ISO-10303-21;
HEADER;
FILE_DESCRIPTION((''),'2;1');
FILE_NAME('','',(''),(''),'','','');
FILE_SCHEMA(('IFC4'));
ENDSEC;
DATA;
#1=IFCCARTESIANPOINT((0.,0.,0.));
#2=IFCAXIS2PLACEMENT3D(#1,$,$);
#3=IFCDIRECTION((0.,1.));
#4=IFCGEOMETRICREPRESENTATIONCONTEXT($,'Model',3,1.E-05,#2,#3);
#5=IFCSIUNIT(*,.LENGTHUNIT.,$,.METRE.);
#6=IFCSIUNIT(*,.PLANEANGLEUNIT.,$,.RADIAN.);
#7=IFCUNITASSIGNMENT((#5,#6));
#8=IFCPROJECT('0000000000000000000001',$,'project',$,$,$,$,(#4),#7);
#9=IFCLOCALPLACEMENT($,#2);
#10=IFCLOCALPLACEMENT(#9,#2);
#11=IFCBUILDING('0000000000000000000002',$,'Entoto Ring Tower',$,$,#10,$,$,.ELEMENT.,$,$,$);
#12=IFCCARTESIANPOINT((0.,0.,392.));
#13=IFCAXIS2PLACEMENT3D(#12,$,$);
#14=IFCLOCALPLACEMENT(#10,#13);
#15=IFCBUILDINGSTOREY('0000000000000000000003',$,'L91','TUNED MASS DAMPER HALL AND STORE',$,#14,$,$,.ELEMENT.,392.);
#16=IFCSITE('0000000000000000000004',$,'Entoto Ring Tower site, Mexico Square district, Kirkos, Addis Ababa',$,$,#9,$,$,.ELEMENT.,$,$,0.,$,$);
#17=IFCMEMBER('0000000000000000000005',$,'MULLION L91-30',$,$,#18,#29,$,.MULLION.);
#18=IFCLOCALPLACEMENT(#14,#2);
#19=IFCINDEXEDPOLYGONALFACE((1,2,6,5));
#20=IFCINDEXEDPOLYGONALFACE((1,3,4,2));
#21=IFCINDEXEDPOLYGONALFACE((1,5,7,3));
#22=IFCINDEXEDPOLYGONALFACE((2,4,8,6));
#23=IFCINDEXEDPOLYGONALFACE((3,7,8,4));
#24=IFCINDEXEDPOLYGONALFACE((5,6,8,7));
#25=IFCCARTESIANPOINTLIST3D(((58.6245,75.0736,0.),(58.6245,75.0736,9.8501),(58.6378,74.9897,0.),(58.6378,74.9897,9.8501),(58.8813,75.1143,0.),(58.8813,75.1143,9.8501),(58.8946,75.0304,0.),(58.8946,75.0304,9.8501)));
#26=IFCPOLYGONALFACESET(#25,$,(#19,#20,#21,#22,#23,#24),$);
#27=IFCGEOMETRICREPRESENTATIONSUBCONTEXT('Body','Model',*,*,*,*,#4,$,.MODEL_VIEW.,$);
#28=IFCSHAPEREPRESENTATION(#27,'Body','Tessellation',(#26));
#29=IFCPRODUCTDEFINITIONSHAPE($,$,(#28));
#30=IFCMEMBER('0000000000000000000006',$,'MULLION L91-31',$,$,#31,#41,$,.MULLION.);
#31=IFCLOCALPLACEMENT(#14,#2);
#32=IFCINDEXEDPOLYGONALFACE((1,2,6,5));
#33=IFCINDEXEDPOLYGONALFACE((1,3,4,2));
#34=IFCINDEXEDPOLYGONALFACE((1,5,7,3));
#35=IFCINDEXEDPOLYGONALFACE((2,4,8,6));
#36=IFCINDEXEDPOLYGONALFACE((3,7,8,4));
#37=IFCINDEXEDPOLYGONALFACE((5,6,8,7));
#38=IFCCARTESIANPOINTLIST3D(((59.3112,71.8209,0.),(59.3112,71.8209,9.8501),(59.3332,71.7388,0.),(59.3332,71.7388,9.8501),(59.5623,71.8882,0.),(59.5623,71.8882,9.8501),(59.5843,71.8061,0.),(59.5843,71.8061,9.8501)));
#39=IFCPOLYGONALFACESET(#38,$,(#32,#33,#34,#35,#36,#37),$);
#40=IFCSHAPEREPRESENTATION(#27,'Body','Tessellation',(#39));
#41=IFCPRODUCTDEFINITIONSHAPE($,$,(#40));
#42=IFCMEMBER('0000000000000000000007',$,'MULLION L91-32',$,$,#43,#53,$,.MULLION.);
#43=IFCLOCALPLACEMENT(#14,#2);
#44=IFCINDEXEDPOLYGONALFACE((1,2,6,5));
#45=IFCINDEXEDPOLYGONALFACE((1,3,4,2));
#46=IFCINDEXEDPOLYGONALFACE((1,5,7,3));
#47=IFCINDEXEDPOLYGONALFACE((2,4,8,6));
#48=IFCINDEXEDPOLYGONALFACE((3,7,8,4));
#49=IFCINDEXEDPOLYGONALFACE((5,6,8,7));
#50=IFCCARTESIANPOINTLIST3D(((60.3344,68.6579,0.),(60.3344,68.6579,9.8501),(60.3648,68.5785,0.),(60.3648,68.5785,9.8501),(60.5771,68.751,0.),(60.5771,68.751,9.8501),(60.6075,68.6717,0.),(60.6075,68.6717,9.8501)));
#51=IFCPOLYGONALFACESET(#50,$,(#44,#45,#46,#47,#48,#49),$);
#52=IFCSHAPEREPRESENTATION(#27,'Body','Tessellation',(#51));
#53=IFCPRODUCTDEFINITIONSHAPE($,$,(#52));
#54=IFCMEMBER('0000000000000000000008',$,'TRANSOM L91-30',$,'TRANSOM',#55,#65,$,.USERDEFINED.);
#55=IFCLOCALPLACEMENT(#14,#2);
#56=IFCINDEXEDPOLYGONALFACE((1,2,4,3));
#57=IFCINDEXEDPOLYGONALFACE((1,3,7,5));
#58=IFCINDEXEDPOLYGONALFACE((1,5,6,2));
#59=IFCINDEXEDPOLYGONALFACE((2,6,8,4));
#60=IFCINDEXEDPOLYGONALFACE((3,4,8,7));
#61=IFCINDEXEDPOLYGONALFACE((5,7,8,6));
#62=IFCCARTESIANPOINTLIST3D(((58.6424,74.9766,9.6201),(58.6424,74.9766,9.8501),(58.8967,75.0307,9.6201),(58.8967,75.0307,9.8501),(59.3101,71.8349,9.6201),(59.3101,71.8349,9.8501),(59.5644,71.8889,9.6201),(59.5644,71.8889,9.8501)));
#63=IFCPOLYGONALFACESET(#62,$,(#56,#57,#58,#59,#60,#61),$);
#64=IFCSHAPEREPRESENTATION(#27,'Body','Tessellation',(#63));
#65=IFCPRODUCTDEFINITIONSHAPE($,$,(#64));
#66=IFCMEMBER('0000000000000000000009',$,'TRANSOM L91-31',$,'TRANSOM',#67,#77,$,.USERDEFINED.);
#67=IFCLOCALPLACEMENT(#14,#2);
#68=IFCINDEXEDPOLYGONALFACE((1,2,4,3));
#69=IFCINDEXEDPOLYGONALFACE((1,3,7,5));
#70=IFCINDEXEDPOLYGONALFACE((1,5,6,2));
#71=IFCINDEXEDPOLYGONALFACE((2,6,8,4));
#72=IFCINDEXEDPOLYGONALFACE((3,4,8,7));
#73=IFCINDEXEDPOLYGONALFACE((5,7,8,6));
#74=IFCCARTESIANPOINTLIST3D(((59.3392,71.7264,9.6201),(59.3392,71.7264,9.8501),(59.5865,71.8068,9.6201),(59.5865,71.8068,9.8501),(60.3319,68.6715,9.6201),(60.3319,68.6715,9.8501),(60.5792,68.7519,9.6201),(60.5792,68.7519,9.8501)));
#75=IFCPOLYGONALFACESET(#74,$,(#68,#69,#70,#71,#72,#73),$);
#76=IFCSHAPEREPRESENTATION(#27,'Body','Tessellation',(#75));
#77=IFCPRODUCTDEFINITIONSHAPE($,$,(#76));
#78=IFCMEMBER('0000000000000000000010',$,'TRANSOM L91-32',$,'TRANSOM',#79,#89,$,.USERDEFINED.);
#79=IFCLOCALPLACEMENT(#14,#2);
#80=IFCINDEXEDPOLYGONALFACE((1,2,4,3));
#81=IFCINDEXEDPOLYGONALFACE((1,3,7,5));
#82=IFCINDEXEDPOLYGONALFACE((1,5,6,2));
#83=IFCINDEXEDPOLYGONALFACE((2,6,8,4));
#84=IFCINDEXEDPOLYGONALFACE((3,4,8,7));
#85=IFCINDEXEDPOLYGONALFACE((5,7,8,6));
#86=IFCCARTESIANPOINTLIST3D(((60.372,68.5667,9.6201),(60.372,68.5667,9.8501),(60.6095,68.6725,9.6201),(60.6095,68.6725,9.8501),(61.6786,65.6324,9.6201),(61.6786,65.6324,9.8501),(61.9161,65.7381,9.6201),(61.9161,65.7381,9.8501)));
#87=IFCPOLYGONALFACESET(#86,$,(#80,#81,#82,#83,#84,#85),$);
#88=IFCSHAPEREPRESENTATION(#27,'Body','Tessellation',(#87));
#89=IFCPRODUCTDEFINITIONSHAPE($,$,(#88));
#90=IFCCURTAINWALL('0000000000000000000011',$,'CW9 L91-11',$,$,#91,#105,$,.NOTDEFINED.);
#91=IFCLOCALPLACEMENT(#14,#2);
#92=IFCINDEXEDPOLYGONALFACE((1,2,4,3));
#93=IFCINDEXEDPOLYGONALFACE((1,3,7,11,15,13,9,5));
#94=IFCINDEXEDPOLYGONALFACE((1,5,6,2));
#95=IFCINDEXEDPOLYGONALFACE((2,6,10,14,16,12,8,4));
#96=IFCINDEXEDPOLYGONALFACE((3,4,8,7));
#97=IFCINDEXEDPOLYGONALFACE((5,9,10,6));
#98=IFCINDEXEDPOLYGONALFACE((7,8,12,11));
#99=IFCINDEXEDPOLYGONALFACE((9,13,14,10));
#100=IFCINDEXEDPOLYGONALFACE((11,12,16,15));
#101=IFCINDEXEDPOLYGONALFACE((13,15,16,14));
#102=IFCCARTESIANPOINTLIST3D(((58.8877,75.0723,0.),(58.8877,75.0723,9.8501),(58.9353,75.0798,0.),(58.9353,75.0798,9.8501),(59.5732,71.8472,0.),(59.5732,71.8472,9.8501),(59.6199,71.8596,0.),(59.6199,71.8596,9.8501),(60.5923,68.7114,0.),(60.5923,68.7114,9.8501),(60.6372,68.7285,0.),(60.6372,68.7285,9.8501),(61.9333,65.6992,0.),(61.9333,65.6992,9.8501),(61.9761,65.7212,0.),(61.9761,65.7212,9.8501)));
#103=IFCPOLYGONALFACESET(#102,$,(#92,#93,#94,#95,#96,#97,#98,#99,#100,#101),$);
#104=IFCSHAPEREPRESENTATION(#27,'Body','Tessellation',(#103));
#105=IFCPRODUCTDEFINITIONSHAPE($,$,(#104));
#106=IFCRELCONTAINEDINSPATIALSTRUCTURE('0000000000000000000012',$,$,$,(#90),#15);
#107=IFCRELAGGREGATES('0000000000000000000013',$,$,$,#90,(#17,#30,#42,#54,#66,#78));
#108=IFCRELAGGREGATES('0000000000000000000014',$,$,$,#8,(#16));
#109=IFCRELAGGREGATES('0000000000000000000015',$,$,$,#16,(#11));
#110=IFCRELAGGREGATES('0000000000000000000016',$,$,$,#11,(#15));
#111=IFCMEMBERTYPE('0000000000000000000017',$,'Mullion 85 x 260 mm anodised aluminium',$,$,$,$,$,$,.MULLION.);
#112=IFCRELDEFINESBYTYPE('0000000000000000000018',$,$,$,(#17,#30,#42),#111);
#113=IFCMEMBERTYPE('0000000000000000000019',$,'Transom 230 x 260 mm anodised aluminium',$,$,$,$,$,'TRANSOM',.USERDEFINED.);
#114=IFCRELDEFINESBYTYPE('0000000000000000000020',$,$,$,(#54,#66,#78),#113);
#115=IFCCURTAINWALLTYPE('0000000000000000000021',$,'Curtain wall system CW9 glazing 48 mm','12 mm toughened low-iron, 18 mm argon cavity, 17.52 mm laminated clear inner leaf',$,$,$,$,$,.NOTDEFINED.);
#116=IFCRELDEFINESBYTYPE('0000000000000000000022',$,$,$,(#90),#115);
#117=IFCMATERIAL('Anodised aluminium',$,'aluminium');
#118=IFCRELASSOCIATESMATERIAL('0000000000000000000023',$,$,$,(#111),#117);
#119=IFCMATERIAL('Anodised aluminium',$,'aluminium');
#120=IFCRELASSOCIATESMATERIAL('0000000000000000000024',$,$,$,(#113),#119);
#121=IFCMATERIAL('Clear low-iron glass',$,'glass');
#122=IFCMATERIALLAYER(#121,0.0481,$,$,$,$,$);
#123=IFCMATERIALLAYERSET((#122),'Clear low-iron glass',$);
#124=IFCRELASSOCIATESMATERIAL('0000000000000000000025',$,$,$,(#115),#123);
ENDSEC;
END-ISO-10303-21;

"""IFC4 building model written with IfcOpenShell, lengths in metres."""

from ifc_helpers import new_model, si_unit, direction, frame, origin, origin_2d, place, context, subcontext, project, spatial, polyline, rectangle, outline, extrude, material, layer, layer_set, material_profile, profile_set, type_object, element, aggregate, save


model = new_model("IFC4")

# Units and contexts
model_context = context("Model", 3, precision=1e-05, world=origin(), true_north=direction((0.0, 1.0)))
body_context = subcontext(model_context, "Body", "Model", "MODEL_VIEW")
ifc_project = project(units=[si_unit("LENGTHUNIT", "METRE"), si_unit("PLANEANGLEUNIT", "RADIAN")], contexts=[model_context])

# Members
ifc_material_1 = material(Name="Anodised aluminium", Category="aluminium")
ifc_material_profile_1 = material_profile(ifc_material_1, rectangle(XDim=0.085, YDim=0.26, at=origin_2d()), Name="Mullion 85 x 260 mm anodised aluminium")
ifc_profile_set_1 = profile_set([ifc_material_profile_1], Name="Anodised aluminium")
member_type_1 = type_object("IfcMemberType", Name="Mullion 85 x 260 mm anodised aluminium", PredefinedType="MULLION", material=ifc_profile_set_1)
site_placement = place(None, origin())
building_placement = place(site_placement, origin())
storey_placement = place(building_placement, frame((0.0, 0.0, 392.0)))
member_1_placement = place(storey_placement, frame((58.7595, 75.052, 0.0), z_axis=(0.0, 0.0, 1.0), x_axis=(0.156434, -0.987688, 0.0)))
member_1 = element("IfcMember", 1, at=member_1_placement, type_object=member_type_1, Name="MULLION L91-30", PredefinedType="MULLION", context=body_context, shape_type="SweptSolid", body=[
    extrude(rectangle(XDim=0.085, YDim=0.26, at=origin_2d()), origin(), (0.0, 0.0, 1.0), 9.8501),
])
member_2_placement = place(storey_placement, frame((59.4478, 71.8135, 0.0), z_axis=(0.0, 0.0, 1.0), x_axis=(0.258819, -0.965926, 0.0)))
member_2 = element("IfcMember", 2, at=member_2_placement, type_object=member_type_1, Name="MULLION L91-31", PredefinedType="MULLION", context=body_context, shape_type="SweptSolid", body=[
    extrude(rectangle(XDim=0.085, YDim=0.26, at=origin_2d()), origin(), (0.0, 0.0, 1.0), 9.8501),
])
member_3_placement = place(storey_placement, frame((60.4709, 68.6648, 0.0), z_axis=(0.0, 0.0, 1.0), x_axis=(0.358368, -0.93358, 0.0)))
member_3 = element("IfcMember", 3, at=member_3_placement, type_object=member_type_1, Name="MULLION L91-32", PredefinedType="MULLION", context=body_context, shape_type="SweptSolid", body=[
    extrude(rectangle(XDim=0.085, YDim=0.26, at=origin_2d()), origin(), (0.0, 0.0, 1.0), 9.8501),
])
ifc_material_2 = material(Name="Anodised aluminium", Category="aluminium")
ifc_material_profile_2 = material_profile(ifc_material_2, rectangle(XDim=0.26, YDim=0.23, at=origin_2d()), Name="Transom 230 x 260 mm anodised aluminium")
ifc_profile_set_2 = profile_set([ifc_material_profile_2], Name="Anodised aluminium")
member_type_2 = type_object("IfcMemberType", Name="Transom 230 x 260 mm anodised aluminium", ElementType="TRANSOM", PredefinedType="USERDEFINED", material=ifc_profile_set_2)
member_4_placement = place(storey_placement, frame((58.7695, 75.0037, 9.7351), z_axis=(0.207883, -0.978154, 0.0), x_axis=(0.978154, 0.207883, 0.0)))
member_4 = element("IfcMember", 4, at=member_4_placement, type_object=member_type_2, Name="TRANSOM L91-30", ObjectType="TRANSOM", PredefinedType="USERDEFINED", context=body_context, shape_type="SweptSolid", body=[
    extrude(rectangle(XDim=0.26, YDim=0.23, at=origin_2d()), origin(), (0.0, 0.0, 1.0), 3.2119),
])
member_5_placement = place(storey_placement, frame((59.4629, 71.7666, 9.7351), z_axis=(0.309036, -0.95105, 0.0), x_axis=(0.95105, 0.309036, 0.0)))
member_5 = element("IfcMember", 5, at=member_5_placement, type_object=member_type_2, Name="TRANSOM L91-31", ObjectType="TRANSOM", PredefinedType="USERDEFINED", context=body_context, shape_type="SweptSolid", body=[
    extrude(rectangle(XDim=0.26, YDim=0.23, at=origin_2d()), origin(), (0.0, 0.0, 1.0), 3.2122),
])
member_6_placement = place(storey_placement, frame((60.4907, 68.6196, 9.7351), z_axis=(0.406787, -0.913523, 0.0), x_axis=(0.913523, 0.406787, 0.0)))
member_6 = element("IfcMember", 6, at=member_6_placement, type_object=member_type_2, Name="TRANSOM L91-32", ObjectType="TRANSOM", PredefinedType="USERDEFINED", context=body_context, shape_type="SweptSolid", body=[
    extrude(rectangle(XDim=0.26, YDim=0.23, at=origin_2d()), origin(), (0.0, 0.0, 1.0), 3.2122),
])

# Site, building, storey
site = spatial("IfcSite", under=ifc_project, at=site_placement, Name="Entoto Ring Tower site, Mexico Square district, Kirkos, Addis Ababa", CompositionType="ELEMENT", RefElevation=0.0)
building = spatial("IfcBuilding", under=site, at=building_placement, Name="Entoto Ring Tower", CompositionType="ELEMENT")
storey = spatial("IfcBuildingStorey", under=building, at=storey_placement, Name="L91", Description="TUNED MASS DAMPER HALL AND STORE", CompositionType="ELEMENT", Elevation=392.0)

# Curtain wall
ifc_material_3 = material(Name="Clear low-iron glass", Category="glass")
ifc_layer = layer(ifc_material_3, 0.0481)
ifc_layer_set = layer_set([ifc_layer], Name="Clear low-iron glass")
curtain_wall_type = type_object("IfcCurtainWallType", Name="Curtain wall system CW9 glazing 48 mm", Description="12 mm toughened low-iron, 18 mm argon cavity, 17.52 mm laminated clear inner leaf", PredefinedType="NOTDEFINED", material=ifc_layer_set)
curtain_wall_1_placement = place(storey_placement, origin())
curtain_wall_1 = element("IfcCurtainWall", 7, at=curtain_wall_1_placement, inside=storey, type_object=curtain_wall_type, Name="CW9 L91-11", PredefinedType="NOTDEFINED", context=body_context, shape_type="SweptSolid", body=[
    extrude(outline(polyline([(58.8877, 75.0723), (59.5732, 71.8472), (60.5923, 68.7114), (61.9333, 65.6992), (61.9761, 65.7212), (60.6372, 68.7285), (59.6199, 71.8596), (58.9353, 75.0798), (58.8877, 75.0723)])), origin(), (0.0, 0.0, 1.0), 9.8501),
])
aggregate(curtain_wall_1, [member_1, member_2, member_3, member_4, member_5, member_6])

save(model, "model.ifc")
